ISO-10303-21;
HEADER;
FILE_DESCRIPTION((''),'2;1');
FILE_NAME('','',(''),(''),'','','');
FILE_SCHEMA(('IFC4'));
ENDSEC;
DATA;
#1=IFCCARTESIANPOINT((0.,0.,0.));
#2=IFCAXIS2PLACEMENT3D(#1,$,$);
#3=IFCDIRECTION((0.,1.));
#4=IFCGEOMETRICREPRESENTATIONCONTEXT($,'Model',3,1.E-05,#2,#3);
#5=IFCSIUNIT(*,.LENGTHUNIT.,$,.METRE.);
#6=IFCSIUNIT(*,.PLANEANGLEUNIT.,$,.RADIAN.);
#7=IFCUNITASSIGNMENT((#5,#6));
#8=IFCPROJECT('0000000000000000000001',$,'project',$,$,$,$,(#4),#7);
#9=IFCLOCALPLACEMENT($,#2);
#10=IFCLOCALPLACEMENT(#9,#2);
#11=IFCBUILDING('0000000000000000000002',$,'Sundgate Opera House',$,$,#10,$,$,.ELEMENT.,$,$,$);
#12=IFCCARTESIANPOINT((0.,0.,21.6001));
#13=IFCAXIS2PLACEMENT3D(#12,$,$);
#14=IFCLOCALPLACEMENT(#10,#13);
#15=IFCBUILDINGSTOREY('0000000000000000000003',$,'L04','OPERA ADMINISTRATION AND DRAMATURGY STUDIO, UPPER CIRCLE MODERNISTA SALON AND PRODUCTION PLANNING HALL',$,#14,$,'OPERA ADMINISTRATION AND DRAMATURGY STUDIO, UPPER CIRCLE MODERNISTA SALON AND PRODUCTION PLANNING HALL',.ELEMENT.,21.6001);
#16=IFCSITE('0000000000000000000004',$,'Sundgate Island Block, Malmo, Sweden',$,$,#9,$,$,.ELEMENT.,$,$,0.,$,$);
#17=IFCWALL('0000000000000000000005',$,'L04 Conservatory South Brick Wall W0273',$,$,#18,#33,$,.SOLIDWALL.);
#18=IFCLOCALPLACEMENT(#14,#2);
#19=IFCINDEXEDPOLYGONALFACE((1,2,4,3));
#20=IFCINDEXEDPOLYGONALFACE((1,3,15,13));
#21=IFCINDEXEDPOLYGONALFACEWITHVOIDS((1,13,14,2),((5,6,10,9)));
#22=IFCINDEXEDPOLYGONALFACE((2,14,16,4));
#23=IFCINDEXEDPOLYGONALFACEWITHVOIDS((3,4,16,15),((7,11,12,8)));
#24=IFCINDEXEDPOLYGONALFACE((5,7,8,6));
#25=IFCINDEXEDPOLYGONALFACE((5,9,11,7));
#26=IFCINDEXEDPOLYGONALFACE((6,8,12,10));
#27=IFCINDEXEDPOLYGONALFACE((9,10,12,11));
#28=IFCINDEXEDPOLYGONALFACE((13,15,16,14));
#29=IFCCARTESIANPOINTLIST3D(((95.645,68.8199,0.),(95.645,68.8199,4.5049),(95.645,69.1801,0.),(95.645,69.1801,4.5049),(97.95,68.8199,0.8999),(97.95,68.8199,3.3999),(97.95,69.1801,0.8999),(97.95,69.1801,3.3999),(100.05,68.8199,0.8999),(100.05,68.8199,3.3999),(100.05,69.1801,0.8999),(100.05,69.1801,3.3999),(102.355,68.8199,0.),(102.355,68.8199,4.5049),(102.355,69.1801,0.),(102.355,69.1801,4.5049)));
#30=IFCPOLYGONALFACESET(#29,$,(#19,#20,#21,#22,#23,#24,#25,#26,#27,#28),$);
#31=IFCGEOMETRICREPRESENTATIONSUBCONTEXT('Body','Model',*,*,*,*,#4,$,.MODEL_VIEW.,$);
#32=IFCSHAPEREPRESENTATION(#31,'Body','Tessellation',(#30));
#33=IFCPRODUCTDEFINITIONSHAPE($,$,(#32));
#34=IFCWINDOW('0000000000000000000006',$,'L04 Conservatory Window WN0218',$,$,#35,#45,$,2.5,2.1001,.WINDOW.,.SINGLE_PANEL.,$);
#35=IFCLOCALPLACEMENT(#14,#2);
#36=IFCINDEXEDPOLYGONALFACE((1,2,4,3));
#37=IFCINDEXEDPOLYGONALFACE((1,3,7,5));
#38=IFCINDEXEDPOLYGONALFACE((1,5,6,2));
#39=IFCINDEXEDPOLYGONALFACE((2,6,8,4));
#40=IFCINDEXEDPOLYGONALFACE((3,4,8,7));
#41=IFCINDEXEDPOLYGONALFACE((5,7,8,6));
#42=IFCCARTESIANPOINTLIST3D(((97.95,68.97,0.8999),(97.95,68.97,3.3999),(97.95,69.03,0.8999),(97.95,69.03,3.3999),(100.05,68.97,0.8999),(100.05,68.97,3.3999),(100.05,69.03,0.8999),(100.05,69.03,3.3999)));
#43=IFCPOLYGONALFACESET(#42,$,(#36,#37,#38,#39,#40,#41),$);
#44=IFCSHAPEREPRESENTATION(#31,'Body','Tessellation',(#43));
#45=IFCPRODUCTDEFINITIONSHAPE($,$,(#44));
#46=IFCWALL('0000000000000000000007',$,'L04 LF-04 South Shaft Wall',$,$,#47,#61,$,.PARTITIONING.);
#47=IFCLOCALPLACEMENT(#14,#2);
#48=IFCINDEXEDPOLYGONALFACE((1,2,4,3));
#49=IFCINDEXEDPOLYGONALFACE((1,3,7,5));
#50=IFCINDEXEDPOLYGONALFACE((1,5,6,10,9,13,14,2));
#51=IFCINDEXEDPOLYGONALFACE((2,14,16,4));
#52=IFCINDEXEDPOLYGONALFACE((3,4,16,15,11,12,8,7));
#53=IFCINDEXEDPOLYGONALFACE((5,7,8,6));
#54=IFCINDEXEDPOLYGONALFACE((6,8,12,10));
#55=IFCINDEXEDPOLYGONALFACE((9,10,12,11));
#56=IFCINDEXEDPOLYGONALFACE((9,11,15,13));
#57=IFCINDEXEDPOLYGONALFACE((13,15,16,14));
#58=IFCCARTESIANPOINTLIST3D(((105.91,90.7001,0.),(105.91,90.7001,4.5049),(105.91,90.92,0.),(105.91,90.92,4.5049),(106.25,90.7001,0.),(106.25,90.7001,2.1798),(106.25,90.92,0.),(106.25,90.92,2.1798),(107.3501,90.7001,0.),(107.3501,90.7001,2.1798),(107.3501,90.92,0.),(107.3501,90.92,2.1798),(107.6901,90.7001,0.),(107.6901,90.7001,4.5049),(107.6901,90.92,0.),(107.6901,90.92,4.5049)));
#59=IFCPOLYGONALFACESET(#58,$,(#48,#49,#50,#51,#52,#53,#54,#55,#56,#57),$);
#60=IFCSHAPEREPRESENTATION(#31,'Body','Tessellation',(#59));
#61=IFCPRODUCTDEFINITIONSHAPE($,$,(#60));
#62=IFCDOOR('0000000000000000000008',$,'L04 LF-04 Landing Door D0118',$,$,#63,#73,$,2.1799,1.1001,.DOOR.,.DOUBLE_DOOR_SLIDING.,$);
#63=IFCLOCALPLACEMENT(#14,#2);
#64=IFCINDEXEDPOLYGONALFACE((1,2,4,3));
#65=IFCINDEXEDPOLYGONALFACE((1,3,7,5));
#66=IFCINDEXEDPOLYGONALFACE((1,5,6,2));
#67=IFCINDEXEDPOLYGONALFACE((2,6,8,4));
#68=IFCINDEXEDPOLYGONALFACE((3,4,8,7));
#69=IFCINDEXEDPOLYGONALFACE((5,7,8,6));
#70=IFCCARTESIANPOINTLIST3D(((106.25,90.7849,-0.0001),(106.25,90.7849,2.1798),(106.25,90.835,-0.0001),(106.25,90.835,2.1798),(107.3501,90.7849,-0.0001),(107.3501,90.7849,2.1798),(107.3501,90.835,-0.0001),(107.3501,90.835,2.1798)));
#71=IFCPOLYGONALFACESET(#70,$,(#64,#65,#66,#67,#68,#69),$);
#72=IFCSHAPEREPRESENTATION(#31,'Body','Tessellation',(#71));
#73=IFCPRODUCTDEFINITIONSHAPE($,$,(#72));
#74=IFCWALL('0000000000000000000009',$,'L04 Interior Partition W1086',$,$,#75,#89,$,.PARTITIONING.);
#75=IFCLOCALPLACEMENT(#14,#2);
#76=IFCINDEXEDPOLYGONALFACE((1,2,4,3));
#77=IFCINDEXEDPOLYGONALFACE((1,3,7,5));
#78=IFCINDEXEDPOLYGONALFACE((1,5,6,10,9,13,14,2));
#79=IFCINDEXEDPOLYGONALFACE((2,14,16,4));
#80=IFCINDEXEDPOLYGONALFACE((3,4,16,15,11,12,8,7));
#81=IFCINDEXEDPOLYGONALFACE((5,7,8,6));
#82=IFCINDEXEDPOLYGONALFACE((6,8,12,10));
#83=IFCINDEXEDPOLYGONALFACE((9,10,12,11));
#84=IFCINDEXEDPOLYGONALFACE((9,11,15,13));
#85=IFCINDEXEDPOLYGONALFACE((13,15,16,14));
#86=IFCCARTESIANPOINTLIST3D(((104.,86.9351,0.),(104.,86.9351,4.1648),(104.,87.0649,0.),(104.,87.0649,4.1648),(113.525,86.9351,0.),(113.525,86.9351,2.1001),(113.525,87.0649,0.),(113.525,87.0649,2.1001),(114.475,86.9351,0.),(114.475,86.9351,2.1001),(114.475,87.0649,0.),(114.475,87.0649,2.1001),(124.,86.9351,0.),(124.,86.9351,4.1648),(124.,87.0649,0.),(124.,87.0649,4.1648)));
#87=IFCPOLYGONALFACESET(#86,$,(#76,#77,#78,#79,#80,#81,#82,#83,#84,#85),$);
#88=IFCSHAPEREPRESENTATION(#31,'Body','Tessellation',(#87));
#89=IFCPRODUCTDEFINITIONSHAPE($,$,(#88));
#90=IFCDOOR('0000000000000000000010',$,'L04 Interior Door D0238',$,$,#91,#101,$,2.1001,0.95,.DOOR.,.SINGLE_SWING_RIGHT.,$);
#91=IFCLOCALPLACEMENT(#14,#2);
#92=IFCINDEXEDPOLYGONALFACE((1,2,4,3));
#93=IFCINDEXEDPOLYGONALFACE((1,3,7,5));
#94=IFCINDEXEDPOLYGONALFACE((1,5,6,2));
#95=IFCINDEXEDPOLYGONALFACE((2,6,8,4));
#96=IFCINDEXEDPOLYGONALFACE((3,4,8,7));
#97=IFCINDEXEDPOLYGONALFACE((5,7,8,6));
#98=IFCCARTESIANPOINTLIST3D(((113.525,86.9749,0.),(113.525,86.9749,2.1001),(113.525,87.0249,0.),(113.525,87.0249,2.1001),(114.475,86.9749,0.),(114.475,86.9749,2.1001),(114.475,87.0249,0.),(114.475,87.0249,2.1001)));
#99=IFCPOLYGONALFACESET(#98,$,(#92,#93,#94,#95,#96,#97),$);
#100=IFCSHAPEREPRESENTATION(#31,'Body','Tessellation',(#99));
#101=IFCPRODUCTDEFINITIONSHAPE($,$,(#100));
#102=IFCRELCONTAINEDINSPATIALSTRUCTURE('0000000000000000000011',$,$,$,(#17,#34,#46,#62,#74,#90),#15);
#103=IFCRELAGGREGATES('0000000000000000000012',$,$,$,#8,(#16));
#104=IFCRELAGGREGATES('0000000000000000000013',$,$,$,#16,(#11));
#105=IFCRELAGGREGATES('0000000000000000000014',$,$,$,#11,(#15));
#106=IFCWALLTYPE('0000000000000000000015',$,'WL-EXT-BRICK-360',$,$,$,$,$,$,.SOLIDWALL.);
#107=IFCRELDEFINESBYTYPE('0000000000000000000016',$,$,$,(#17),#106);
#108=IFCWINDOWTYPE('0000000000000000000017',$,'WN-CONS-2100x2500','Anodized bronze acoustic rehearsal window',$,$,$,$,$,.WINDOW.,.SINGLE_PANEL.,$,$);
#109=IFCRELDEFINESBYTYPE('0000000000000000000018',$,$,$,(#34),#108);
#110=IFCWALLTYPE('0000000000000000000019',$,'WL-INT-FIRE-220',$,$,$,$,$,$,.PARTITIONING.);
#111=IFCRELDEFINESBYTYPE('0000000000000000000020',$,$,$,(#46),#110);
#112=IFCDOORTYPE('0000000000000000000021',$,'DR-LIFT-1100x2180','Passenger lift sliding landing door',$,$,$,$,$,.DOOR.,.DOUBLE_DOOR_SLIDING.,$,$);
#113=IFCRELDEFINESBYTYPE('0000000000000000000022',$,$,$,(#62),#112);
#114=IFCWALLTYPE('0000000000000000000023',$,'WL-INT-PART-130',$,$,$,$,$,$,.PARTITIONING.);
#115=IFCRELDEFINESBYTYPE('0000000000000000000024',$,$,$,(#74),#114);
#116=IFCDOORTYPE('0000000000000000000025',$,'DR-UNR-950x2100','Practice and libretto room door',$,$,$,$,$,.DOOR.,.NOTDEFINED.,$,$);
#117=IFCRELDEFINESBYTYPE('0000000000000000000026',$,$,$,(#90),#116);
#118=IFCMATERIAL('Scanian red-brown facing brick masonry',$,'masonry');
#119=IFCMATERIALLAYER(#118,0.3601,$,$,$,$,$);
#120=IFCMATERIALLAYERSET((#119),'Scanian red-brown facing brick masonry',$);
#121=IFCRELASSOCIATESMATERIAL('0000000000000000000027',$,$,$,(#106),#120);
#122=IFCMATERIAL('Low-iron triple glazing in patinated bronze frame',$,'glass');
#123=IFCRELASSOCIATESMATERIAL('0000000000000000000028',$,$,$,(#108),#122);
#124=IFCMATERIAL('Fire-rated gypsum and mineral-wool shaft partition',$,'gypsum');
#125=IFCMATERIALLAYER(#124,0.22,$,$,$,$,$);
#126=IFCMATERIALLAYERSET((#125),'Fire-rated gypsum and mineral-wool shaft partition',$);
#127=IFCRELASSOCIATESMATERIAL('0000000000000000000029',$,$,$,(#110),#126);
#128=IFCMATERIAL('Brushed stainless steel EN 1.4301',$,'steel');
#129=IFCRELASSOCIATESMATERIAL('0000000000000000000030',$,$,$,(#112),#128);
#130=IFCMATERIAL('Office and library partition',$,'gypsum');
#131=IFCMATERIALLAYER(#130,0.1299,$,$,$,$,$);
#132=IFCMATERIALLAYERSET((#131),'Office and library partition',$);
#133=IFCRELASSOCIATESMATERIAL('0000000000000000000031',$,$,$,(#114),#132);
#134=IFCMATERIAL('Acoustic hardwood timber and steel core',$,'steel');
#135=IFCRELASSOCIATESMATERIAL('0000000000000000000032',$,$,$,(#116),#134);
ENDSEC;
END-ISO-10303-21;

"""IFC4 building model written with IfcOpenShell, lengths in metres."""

from ifc_helpers import new_model, si_unit, direction, frame, frame_2d, origin, place, context, subcontext, project, spatial, rectangle, extrude, material, layer, layer_set, type_object, element, fill, save


model = new_model("IFC4")

# Units and contexts
model_context = context("Model", 3, precision=1e-05, world=origin(), true_north=direction((0.0, 1.0)))
body_context = subcontext(model_context, "Body", "Model", "MODEL_VIEW")
ifc_project = project(units=[si_unit("LENGTHUNIT", "METRE"), si_unit("PLANEANGLEUNIT", "RADIAN")], contexts=[model_context])

# Site, building, storey
site_placement = place(None, origin())
site = spatial("IfcSite", under=ifc_project, at=site_placement, Name="Sundgate Island Block, Malmo, Sweden", CompositionType="ELEMENT", RefElevation=0.0)
building_placement = place(site_placement, origin())
building = spatial("IfcBuilding", under=site, at=building_placement, Name="Sundgate Opera House", CompositionType="ELEMENT")
storey_placement = place(building_placement, frame((0.0, 0.0, 21.6001)))
storey = spatial("IfcBuildingStorey", under=building, at=storey_placement, Name="L04", Description="OPERA ADMINISTRATION AND DRAMATURGY STUDIO, UPPER CIRCLE MODERNISTA SALON AND PRODUCTION PLANNING HALL", LongName="OPERA ADMINISTRATION AND DRAMATURGY STUDIO, UPPER CIRCLE MODERNISTA SALON AND PRODUCTION PLANNING HALL", CompositionType="ELEMENT", Elevation=21.6001)

# Wall, opening, window
ifc_material_1 = material(Name="Scanian red-brown facing brick masonry", Category="masonry")
ifc_layer_1 = layer(ifc_material_1, 0.3601)
ifc_layer_set_1 = layer_set([ifc_layer_1], Name="Scanian red-brown facing brick masonry")
wall_type_1 = type_object("IfcWallType", Name="WL-EXT-BRICK-360", PredefinedType="SOLIDWALL", material=ifc_layer_set_1)
wall_1_placement = place(storey_placement, frame((102.355, 69.0, 0.0), z_axis=(0.0, 0.0, 1.0), x_axis=(-1.0, 0.0, 0.0)))
wall_1 = element("IfcWall", 1, at=wall_1_placement, inside=storey, type_object=wall_type_1, Name="L04 Conservatory South Brick Wall W0273", PredefinedType="SOLIDWALL", context=body_context, shape_type="SweptSolid", body=[
    extrude(rectangle(XDim=6.71, YDim=0.3601, at=frame_2d((3.355, 0.0))), origin(), (0.0, 0.0, 1.0), 4.5049),
])
opening_1_placement = place(wall_1_placement, frame((2.3049, 0.0, 0.8999)))
opening_1 = element("IfcOpeningElement", 2, at=opening_1_placement, cuts=wall_1, PredefinedType="OPENING", context=body_context, shape_type="SweptSolid", body=[
    extrude(rectangle(XDim=2.1001, YDim=2.5, at=frame_2d((1.05, 1.25))), frame((0.0, 0.1899, 0.0), z_axis=(0.0, -1.0, 0.0), x_axis=(1.0, 0.0, 0.0)), (0.0, 0.0, 1.0), 0.3801),
])
ifc_material_2 = material(Name="Low-iron triple glazing in patinated bronze frame", Category="glass")
window_type = type_object("IfcWindowType", Name="WN-CONS-2100x2500", Description="Anodized bronze acoustic rehearsal window", PartitioningType="SINGLE_PANEL", PredefinedType="WINDOW", material=ifc_material_2)
window_placement = place(opening_1_placement, origin())
window = element("IfcWindow", 3, at=window_placement, inside=storey, type_object=window_type, Name="L04 Conservatory Window WN0218", OverallHeight=2.5, OverallWidth=2.1001, PartitioningType="SINGLE_PANEL", PredefinedType="WINDOW", context=body_context, shape_type="SweptSolid", body=[
    extrude(rectangle(XDim=2.1001, YDim=2.5, at=frame_2d((1.05, 1.25))), frame((0.0, 0.03, 0.0), z_axis=(0.0, -1.0, 0.0), x_axis=(1.0, 0.0, 0.0)), (0.0, 0.0, 1.0), 0.0601),
])
fill(opening_1, window)

# Walls, openings, doors
ifc_material_3 = material(Name="Fire-rated gypsum and mineral-wool shaft partition", Category="gypsum")
ifc_layer_2 = layer(ifc_material_3, 0.22)
ifc_layer_set_2 = layer_set([ifc_layer_2], Name="Fire-rated gypsum and mineral-wool shaft partition")
wall_type_2 = type_object("IfcWallType", Name="WL-INT-FIRE-220", PredefinedType="PARTITIONING", material=ifc_layer_set_2)
wall_2_placement = place(storey_placement, frame((105.9099, 90.8101, 0.0), z_axis=(0.0, 0.0, 1.0), x_axis=(1.0, 0.0, 0.0)))
wall_2 = element("IfcWall", 4, at=wall_2_placement, inside=storey, type_object=wall_type_2, Name="L04 LF-04 South Shaft Wall", PredefinedType="PARTITIONING", context=body_context, shape_type="SweptSolid", body=[
    extrude(rectangle(XDim=1.78, YDim=0.22, at=frame_2d((0.8901, 0.0))), origin(), (0.0, 0.0, 1.0), 4.5049),
])
opening_2_placement = place(wall_2_placement, frame((0.3401, 0.0, 0.0)))
opening_2 = element("IfcOpeningElement", 5, at=opening_2_placement, cuts=wall_2, PredefinedType="OPENING", context=body_context, shape_type="SweptSolid", body=[
    extrude(rectangle(XDim=1.1001, YDim=2.1799, at=frame_2d((0.55, 1.0898))), frame((0.0, 0.1199, 0.0), z_axis=(0.0, -1.0, 0.0), x_axis=(1.0, 0.0, 0.0)), (0.0, 0.0, 1.0), 0.24),
])
ifc_material_4 = material(Name="Brushed stainless steel EN 1.4301", Category="steel")
door_type_1 = type_object("IfcDoorType", Name="DR-LIFT-1100x2180", Description="Passenger lift sliding landing door", OperationType="DOUBLE_DOOR_SLIDING", PredefinedType="DOOR", material=ifc_material_4)
door_1_placement = place(opening_2_placement, origin())
door_1 = element("IfcDoor", 6, at=door_1_placement, inside=storey, type_object=door_type_1, Name="L04 LF-04 Landing Door D0118", OperationType="DOUBLE_DOOR_SLIDING", OverallHeight=2.1799, OverallWidth=1.1001, PredefinedType="DOOR", context=body_context, shape_type="SweptSolid", body=[
    extrude(rectangle(XDim=1.1001, YDim=2.1799, at=frame_2d((0.55, 1.0898))), frame((0.0, 0.0249, 0.0), z_axis=(0.0, -1.0, 0.0), x_axis=(1.0, 0.0, 0.0)), (0.0, 0.0, 1.0), 0.05),
])
fill(opening_2, door_1)
ifc_material_5 = material(Name="Office and library partition", Category="gypsum")
ifc_layer_3 = layer(ifc_material_5, 0.1299)
ifc_layer_set_3 = layer_set([ifc_layer_3], Name="Office and library partition")
wall_type_3 = type_object("IfcWallType", Name="WL-INT-PART-130", PredefinedType="PARTITIONING", material=ifc_layer_set_3)
wall_3_placement = place(storey_placement, frame((104.0, 87.0, 0.0), z_axis=(0.0, 0.0, 1.0), x_axis=(1.0, 0.0, 0.0)))
wall_3 = element("IfcWall", 7, at=wall_3_placement, inside=storey, type_object=wall_type_3, Name="L04 Interior Partition W1086", PredefinedType="PARTITIONING", context=body_context, shape_type="SweptSolid", body=[
    extrude(rectangle(XDim=20.0, YDim=0.1299, at=frame_2d((10.0, 0.0))), origin(), (0.0, 0.0, 1.0), 4.1648),
])
opening_3_placement = place(wall_3_placement, frame((9.5249, 0.0, 0.0)))
opening_3 = element("IfcOpeningElement", 8, at=opening_3_placement, cuts=wall_3, PredefinedType="OPENING", context=body_context, shape_type="SweptSolid", body=[
    extrude(rectangle(XDim=0.95, YDim=2.1001, at=frame_2d((0.4751, 1.05))), frame((0.0, 0.075, 0.0), z_axis=(0.0, -1.0, 0.0), x_axis=(1.0, 0.0, 0.0)), (0.0, 0.0, 1.0), 0.1499),
])
ifc_material_6 = material(Name="Acoustic hardwood timber and steel core", Category="steel")
door_type_2 = type_object("IfcDoorType", Name="DR-UNR-950x2100", Description="Practice and libretto room door", OperationType="NOTDEFINED", PredefinedType="DOOR", material=ifc_material_6)
door_2_placement = place(opening_3_placement, origin())
door_2 = element("IfcDoor", 9, at=door_2_placement, inside=storey, type_object=door_type_2, Name="L04 Interior Door D0238", OperationType="SINGLE_SWING_RIGHT", OverallHeight=2.1001, OverallWidth=0.95, PredefinedType="DOOR", context=body_context, shape_type="SweptSolid", body=[
    extrude(rectangle(XDim=0.95, YDim=2.1001, at=frame_2d((0.4751, 1.05))), frame((0.0, 0.0249, 0.0), z_axis=(0.0, -1.0, 0.0), x_axis=(1.0, 0.0, 0.0)), (0.0, 0.0, 1.0), 0.05),
])
fill(opening_3, door_2)

save(model, "model.ifc")
